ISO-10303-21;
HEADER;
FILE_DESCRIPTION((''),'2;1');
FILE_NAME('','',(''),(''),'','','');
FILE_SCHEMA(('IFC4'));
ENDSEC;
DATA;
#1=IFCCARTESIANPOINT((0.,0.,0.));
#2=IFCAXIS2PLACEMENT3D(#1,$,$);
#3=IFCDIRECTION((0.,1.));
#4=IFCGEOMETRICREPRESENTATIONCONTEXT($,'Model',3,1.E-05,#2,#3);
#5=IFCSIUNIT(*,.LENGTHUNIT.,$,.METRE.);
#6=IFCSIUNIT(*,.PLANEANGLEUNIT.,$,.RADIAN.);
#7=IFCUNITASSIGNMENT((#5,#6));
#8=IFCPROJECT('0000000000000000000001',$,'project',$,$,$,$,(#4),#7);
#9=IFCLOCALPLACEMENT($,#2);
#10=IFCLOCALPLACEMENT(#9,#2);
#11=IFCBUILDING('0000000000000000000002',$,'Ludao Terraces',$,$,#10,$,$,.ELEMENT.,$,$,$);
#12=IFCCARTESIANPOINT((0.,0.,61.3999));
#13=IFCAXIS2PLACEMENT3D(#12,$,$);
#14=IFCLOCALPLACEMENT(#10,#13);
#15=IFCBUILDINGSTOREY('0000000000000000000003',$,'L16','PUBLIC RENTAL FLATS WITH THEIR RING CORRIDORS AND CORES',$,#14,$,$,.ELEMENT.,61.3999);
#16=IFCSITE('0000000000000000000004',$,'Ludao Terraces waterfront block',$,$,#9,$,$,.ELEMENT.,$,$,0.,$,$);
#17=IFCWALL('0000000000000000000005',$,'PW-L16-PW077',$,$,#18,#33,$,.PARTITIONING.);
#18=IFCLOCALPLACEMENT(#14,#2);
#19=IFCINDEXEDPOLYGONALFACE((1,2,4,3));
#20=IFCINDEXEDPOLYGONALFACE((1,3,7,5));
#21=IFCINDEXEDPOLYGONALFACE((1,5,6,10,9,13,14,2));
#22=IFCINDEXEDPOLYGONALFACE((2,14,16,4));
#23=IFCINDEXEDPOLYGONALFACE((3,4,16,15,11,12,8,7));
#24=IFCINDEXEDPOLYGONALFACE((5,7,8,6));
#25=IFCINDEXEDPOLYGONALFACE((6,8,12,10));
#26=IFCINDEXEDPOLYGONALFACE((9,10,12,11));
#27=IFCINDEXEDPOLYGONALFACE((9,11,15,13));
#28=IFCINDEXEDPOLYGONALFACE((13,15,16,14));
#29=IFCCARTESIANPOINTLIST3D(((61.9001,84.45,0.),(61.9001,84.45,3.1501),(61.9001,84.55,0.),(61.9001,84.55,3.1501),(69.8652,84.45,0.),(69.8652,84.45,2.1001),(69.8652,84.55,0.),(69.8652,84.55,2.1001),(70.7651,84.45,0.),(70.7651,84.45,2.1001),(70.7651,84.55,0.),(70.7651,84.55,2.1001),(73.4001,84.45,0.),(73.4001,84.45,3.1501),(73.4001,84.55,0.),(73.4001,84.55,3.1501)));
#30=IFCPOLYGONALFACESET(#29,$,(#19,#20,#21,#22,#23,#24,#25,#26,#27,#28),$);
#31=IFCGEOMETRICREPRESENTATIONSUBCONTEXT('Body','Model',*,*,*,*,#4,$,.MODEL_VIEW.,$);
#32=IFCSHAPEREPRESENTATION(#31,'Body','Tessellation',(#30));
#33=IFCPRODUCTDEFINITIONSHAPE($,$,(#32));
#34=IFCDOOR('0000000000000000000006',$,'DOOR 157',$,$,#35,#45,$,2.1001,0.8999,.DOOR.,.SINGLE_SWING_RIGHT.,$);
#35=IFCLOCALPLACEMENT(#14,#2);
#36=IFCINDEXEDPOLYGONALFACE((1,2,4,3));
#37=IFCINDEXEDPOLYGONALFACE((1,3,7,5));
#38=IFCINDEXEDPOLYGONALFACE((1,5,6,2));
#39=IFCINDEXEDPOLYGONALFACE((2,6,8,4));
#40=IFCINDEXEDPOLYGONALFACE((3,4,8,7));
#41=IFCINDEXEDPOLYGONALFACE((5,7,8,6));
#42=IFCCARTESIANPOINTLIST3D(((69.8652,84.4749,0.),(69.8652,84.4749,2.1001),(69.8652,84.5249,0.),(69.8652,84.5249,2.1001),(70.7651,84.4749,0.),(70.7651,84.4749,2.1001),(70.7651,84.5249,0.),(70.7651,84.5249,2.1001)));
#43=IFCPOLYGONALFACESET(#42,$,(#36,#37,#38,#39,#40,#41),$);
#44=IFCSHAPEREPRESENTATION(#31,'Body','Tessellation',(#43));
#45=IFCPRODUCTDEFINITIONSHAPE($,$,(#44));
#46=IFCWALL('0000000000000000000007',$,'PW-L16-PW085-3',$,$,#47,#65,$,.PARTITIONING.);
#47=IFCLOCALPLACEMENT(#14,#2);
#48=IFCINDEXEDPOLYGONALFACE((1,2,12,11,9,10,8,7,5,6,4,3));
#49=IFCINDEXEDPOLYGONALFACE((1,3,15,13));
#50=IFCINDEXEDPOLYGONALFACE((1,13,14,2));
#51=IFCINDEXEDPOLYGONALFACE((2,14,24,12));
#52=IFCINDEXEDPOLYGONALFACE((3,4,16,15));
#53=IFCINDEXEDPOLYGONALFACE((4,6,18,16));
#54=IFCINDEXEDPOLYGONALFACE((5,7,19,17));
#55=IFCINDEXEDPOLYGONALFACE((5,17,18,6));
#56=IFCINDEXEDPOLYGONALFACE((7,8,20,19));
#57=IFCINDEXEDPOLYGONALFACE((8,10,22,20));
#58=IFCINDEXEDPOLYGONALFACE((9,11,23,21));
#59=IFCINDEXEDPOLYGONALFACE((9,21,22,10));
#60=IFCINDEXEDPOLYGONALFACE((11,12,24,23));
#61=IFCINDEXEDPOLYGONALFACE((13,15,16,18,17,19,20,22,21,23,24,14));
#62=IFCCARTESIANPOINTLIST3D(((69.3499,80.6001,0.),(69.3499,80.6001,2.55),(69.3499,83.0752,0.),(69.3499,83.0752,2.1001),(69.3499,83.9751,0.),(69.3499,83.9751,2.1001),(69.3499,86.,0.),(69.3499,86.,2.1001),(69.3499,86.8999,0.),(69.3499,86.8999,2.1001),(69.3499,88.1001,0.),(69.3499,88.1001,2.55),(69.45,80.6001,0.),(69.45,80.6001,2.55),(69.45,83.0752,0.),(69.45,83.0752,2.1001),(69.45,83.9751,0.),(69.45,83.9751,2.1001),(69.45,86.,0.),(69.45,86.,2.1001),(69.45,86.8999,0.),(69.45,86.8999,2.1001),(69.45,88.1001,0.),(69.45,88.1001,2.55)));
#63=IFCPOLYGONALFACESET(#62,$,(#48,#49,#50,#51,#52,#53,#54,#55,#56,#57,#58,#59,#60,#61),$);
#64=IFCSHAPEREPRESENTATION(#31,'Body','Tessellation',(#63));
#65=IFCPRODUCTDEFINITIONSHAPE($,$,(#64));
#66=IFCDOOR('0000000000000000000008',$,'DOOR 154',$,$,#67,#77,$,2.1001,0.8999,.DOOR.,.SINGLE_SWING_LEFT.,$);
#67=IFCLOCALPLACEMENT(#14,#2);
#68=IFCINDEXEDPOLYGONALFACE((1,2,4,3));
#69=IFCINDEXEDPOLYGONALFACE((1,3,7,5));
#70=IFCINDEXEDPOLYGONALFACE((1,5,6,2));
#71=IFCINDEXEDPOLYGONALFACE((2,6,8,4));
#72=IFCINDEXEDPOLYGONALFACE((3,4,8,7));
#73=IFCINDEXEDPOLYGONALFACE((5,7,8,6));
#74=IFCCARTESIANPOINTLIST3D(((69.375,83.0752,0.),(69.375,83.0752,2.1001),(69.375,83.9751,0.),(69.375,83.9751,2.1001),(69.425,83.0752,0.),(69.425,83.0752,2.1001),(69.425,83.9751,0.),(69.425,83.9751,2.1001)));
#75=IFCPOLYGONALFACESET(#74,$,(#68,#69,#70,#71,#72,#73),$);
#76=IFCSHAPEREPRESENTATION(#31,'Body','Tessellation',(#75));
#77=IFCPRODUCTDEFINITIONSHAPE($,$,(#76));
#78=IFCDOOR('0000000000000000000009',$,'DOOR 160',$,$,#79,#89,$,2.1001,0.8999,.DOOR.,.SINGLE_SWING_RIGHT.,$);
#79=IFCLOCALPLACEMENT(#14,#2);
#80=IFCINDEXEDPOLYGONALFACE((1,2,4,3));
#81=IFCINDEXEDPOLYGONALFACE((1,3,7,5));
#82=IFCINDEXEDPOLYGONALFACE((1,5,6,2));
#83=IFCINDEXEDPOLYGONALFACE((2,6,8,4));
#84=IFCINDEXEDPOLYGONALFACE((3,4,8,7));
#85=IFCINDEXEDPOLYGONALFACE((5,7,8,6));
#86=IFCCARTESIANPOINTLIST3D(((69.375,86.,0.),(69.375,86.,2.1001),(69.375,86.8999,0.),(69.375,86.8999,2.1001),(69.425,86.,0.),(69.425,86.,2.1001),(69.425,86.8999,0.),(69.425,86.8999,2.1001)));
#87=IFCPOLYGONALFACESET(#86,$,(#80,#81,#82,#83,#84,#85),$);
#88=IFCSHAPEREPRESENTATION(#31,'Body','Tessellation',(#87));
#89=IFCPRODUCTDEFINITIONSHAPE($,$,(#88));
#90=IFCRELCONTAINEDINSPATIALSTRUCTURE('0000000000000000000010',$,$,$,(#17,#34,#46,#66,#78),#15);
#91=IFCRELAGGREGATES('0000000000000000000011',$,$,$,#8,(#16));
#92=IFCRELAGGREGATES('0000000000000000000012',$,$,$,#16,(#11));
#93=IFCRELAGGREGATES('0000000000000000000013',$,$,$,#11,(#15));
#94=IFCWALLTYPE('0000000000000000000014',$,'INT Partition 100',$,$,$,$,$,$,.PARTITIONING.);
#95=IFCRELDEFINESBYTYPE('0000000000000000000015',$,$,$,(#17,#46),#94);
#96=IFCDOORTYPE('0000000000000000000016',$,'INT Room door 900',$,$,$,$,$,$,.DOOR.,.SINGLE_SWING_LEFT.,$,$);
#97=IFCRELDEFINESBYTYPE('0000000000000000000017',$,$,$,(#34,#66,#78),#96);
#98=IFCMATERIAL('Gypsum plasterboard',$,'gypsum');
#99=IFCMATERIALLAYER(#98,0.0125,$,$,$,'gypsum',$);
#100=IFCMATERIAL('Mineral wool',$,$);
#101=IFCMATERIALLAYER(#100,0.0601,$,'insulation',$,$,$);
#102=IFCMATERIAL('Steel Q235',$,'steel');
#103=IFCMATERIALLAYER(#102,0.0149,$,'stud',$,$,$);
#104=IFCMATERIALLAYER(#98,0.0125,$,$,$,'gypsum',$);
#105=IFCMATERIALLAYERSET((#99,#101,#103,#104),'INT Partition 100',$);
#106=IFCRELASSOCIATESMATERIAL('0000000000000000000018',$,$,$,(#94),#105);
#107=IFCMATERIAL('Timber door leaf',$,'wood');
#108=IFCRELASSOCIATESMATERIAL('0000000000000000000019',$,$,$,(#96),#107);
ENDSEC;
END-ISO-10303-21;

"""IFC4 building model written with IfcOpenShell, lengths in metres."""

from ifc_helpers import new_model, si_unit, direction, frame, frame_2d, origin, place, context, subcontext, project, spatial, rectangle, extrude, material, layer, layer_set, type_object, element, fill, save


model = new_model("IFC4")

# Units and contexts
model_context = context("Model", 3, precision=1e-05, world=origin(), true_north=direction((0.0, 1.0)))
body_context = subcontext(model_context, "Body", "Model", "MODEL_VIEW")
ifc_project = project(units=[si_unit("LENGTHUNIT", "METRE"), si_unit("PLANEANGLEUNIT", "RADIAN")], contexts=[model_context])

# Site, building, storey
site_placement = place(None, origin())
site = spatial("IfcSite", under=ifc_project, at=site_placement, Name="Ludao Terraces waterfront block", CompositionType="ELEMENT", RefElevation=0.0)
building_placement = place(site_placement, origin())
building = spatial("IfcBuilding", under=site, at=building_placement, Name="Ludao Terraces", CompositionType="ELEMENT")
storey_placement = place(building_placement, frame((0.0, 0.0, 61.3999)))
storey = spatial("IfcBuildingStorey", under=building, at=storey_placement, Name="L16", Description="PUBLIC RENTAL FLATS WITH THEIR RING CORRIDORS AND CORES", CompositionType="ELEMENT", Elevation=61.3999)

# Shared definitions
ifc_material_1 = material(Name="Mineral wool")

# Shared definitions
ifc_material_2 = material(Name="Gypsum plasterboard", Category="gypsum")
ifc_layer_1 = layer(ifc_material_2, 0.0125, Category="gypsum")
ifc_layer_2 = layer(ifc_material_1, 0.0601, Name="insulation")
ifc_material_3 = material(Name="Steel Q235", Category="steel")
ifc_layer_3 = layer(ifc_material_3, 0.0149, Name="stud")
ifc_layer_4 = layer(ifc_material_2, 0.0125, Category="gypsum")
ifc_layer_set_1 = layer_set([ifc_layer_1, ifc_layer_2, ifc_layer_3, ifc_layer_4], Name="INT Partition 100")
wall_type_1 = type_object("IfcWallType", Name="INT Partition 100", PredefinedType="PARTITIONING", material=ifc_layer_set_1)

# Wall, opening, door
wall_1_placement = place(storey_placement, frame((61.9001, 84.5, 0.0), z_axis=(0.0, 0.0, 1.0), x_axis=(1.0, 0.0, 0.0)))
wall_1 = element("IfcWall", 1, at=wall_1_placement, inside=storey, type_object=wall_type_1, Name="PW-L16-PW077", PredefinedType="PARTITIONING", context=body_context, shape_type="SweptSolid", body=[
    extrude(rectangle(XDim=11.5, YDim=0.1001, at=frame_2d((5.75, 0.0))), origin(), (0.0, 0.0, 1.0), 3.1501),
])
opening_1_placement = place(wall_1_placement, frame((7.9651, 0.0, 0.0)))
opening_1 = element("IfcOpeningElement", 2, at=opening_1_placement, cuts=wall_1, PredefinedType="OPENING", context=body_context, shape_type="SweptSolid", body=[
    extrude(rectangle(XDim=0.8999, YDim=2.1001, at=frame_2d((0.45, 1.05))), frame((0.0, 0.0601, 0.0), z_axis=(0.0, -1.0, 0.0), x_axis=(1.0, 0.0, 0.0)), (0.0, 0.0, 1.0), 0.1201),
])
ifc_material_4 = material(Name="Timber door leaf", Category="wood")
door_type = type_object("IfcDoorType", Name="INT Room door 900", OperationType="SINGLE_SWING_LEFT", PredefinedType="DOOR", material=ifc_material_4)
door_1_placement = place(opening_1_placement, origin())
door_1 = element("IfcDoor", 3, at=door_1_placement, inside=storey, type_object=door_type, Name="DOOR 157", OperationType="SINGLE_SWING_RIGHT", OverallHeight=2.1001, OverallWidth=0.8999, PredefinedType="DOOR", context=body_context, shape_type="SweptSolid", body=[
    extrude(rectangle(XDim=0.8999, YDim=2.1001, at=frame_2d((0.45, 1.05))), frame((0.0, 0.0249, 0.0), z_axis=(0.0, -1.0, 0.0), x_axis=(1.0, 0.0, 0.0)), (0.0, 0.0, 1.0), 0.05),
])
fill(opening_1, door_1)

# Wall, openings, doors
wall_2_placement = place(storey_placement, frame((69.3999, 80.6001, 0.0), z_axis=(0.0, 0.0, 1.0), x_axis=(0.0, 1.0, 0.0)))
wall_2 = element("IfcWall", 4, at=wall_2_placement, inside=storey, type_object=wall_type_1, Name="PW-L16-PW085-3", PredefinedType="PARTITIONING", context=body_context, shape_type="SweptSolid", body=[
    extrude(rectangle(XDim=7.5, YDim=0.1001, at=frame_2d((3.75, 0.0))), origin(), (0.0, 0.0, 1.0), 2.55),
])
opening_2_placement = place(wall_2_placement, frame((2.4751, 0.0, 0.0)))
opening_2 = element("IfcOpeningElement", 5, at=opening_2_placement, cuts=wall_2, PredefinedType="OPENING", context=body_context, shape_type="SweptSolid", body=[
    extrude(rectangle(XDim=0.8999, YDim=2.1001, at=frame_2d((0.45, 1.05))), frame((0.0, 0.0601, 0.0), z_axis=(0.0, -1.0, 0.0), x_axis=(1.0, 0.0, 0.0)), (0.0, 0.0, 1.0), 0.1201),
])
opening_3_placement = place(wall_2_placement, frame((5.3999, 0.0, 0.0)))
opening_3 = element("IfcOpeningElement", 6, at=opening_3_placement, cuts=wall_2, PredefinedType="OPENING", context=body_context, shape_type="SweptSolid", body=[
    extrude(rectangle(XDim=0.8999, YDim=2.1001, at=frame_2d((0.45, 1.05))), frame((0.0, 0.0601, 0.0), z_axis=(0.0, -1.0, 0.0), x_axis=(1.0, 0.0, 0.0)), (0.0, 0.0, 1.0), 0.1201),
])
door_2_placement = place(opening_2_placement, origin())
door_2 = element("IfcDoor", 7, at=door_2_placement, inside=storey, type_object=door_type, Name="DOOR 154", OperationType="SINGLE_SWING_LEFT", OverallHeight=2.1001, OverallWidth=0.8999, PredefinedType="DOOR", context=body_context, shape_type="SweptSolid", body=[
    extrude(rectangle(XDim=0.8999, YDim=2.1001, at=frame_2d((0.45, 1.05))), frame((0.0, 0.0249, 0.0), z_axis=(0.0, -1.0, 0.0), x_axis=(1.0, 0.0, 0.0)), (0.0, 0.0, 1.0), 0.05),
])
fill(opening_2, door_2)
door_3_placement = place(opening_3_placement, origin())
door_3 = element("IfcDoor", 8, at=door_3_placement, inside=storey, type_object=door_type, Name="DOOR 160", OperationType="SINGLE_SWING_RIGHT", OverallHeight=2.1001, OverallWidth=0.8999, PredefinedType="DOOR", context=body_context, shape_type="SweptSolid", body=[
    extrude(rectangle(XDim=0.8999, YDim=2.1001, at=frame_2d((0.45, 1.05))), frame((0.0, 0.0249, 0.0), z_axis=(0.0, -1.0, 0.0), x_axis=(1.0, 0.0, 0.0)), (0.0, 0.0, 1.0), 0.05),
])
fill(opening_3, door_3)

save(model, "model.ifc")
